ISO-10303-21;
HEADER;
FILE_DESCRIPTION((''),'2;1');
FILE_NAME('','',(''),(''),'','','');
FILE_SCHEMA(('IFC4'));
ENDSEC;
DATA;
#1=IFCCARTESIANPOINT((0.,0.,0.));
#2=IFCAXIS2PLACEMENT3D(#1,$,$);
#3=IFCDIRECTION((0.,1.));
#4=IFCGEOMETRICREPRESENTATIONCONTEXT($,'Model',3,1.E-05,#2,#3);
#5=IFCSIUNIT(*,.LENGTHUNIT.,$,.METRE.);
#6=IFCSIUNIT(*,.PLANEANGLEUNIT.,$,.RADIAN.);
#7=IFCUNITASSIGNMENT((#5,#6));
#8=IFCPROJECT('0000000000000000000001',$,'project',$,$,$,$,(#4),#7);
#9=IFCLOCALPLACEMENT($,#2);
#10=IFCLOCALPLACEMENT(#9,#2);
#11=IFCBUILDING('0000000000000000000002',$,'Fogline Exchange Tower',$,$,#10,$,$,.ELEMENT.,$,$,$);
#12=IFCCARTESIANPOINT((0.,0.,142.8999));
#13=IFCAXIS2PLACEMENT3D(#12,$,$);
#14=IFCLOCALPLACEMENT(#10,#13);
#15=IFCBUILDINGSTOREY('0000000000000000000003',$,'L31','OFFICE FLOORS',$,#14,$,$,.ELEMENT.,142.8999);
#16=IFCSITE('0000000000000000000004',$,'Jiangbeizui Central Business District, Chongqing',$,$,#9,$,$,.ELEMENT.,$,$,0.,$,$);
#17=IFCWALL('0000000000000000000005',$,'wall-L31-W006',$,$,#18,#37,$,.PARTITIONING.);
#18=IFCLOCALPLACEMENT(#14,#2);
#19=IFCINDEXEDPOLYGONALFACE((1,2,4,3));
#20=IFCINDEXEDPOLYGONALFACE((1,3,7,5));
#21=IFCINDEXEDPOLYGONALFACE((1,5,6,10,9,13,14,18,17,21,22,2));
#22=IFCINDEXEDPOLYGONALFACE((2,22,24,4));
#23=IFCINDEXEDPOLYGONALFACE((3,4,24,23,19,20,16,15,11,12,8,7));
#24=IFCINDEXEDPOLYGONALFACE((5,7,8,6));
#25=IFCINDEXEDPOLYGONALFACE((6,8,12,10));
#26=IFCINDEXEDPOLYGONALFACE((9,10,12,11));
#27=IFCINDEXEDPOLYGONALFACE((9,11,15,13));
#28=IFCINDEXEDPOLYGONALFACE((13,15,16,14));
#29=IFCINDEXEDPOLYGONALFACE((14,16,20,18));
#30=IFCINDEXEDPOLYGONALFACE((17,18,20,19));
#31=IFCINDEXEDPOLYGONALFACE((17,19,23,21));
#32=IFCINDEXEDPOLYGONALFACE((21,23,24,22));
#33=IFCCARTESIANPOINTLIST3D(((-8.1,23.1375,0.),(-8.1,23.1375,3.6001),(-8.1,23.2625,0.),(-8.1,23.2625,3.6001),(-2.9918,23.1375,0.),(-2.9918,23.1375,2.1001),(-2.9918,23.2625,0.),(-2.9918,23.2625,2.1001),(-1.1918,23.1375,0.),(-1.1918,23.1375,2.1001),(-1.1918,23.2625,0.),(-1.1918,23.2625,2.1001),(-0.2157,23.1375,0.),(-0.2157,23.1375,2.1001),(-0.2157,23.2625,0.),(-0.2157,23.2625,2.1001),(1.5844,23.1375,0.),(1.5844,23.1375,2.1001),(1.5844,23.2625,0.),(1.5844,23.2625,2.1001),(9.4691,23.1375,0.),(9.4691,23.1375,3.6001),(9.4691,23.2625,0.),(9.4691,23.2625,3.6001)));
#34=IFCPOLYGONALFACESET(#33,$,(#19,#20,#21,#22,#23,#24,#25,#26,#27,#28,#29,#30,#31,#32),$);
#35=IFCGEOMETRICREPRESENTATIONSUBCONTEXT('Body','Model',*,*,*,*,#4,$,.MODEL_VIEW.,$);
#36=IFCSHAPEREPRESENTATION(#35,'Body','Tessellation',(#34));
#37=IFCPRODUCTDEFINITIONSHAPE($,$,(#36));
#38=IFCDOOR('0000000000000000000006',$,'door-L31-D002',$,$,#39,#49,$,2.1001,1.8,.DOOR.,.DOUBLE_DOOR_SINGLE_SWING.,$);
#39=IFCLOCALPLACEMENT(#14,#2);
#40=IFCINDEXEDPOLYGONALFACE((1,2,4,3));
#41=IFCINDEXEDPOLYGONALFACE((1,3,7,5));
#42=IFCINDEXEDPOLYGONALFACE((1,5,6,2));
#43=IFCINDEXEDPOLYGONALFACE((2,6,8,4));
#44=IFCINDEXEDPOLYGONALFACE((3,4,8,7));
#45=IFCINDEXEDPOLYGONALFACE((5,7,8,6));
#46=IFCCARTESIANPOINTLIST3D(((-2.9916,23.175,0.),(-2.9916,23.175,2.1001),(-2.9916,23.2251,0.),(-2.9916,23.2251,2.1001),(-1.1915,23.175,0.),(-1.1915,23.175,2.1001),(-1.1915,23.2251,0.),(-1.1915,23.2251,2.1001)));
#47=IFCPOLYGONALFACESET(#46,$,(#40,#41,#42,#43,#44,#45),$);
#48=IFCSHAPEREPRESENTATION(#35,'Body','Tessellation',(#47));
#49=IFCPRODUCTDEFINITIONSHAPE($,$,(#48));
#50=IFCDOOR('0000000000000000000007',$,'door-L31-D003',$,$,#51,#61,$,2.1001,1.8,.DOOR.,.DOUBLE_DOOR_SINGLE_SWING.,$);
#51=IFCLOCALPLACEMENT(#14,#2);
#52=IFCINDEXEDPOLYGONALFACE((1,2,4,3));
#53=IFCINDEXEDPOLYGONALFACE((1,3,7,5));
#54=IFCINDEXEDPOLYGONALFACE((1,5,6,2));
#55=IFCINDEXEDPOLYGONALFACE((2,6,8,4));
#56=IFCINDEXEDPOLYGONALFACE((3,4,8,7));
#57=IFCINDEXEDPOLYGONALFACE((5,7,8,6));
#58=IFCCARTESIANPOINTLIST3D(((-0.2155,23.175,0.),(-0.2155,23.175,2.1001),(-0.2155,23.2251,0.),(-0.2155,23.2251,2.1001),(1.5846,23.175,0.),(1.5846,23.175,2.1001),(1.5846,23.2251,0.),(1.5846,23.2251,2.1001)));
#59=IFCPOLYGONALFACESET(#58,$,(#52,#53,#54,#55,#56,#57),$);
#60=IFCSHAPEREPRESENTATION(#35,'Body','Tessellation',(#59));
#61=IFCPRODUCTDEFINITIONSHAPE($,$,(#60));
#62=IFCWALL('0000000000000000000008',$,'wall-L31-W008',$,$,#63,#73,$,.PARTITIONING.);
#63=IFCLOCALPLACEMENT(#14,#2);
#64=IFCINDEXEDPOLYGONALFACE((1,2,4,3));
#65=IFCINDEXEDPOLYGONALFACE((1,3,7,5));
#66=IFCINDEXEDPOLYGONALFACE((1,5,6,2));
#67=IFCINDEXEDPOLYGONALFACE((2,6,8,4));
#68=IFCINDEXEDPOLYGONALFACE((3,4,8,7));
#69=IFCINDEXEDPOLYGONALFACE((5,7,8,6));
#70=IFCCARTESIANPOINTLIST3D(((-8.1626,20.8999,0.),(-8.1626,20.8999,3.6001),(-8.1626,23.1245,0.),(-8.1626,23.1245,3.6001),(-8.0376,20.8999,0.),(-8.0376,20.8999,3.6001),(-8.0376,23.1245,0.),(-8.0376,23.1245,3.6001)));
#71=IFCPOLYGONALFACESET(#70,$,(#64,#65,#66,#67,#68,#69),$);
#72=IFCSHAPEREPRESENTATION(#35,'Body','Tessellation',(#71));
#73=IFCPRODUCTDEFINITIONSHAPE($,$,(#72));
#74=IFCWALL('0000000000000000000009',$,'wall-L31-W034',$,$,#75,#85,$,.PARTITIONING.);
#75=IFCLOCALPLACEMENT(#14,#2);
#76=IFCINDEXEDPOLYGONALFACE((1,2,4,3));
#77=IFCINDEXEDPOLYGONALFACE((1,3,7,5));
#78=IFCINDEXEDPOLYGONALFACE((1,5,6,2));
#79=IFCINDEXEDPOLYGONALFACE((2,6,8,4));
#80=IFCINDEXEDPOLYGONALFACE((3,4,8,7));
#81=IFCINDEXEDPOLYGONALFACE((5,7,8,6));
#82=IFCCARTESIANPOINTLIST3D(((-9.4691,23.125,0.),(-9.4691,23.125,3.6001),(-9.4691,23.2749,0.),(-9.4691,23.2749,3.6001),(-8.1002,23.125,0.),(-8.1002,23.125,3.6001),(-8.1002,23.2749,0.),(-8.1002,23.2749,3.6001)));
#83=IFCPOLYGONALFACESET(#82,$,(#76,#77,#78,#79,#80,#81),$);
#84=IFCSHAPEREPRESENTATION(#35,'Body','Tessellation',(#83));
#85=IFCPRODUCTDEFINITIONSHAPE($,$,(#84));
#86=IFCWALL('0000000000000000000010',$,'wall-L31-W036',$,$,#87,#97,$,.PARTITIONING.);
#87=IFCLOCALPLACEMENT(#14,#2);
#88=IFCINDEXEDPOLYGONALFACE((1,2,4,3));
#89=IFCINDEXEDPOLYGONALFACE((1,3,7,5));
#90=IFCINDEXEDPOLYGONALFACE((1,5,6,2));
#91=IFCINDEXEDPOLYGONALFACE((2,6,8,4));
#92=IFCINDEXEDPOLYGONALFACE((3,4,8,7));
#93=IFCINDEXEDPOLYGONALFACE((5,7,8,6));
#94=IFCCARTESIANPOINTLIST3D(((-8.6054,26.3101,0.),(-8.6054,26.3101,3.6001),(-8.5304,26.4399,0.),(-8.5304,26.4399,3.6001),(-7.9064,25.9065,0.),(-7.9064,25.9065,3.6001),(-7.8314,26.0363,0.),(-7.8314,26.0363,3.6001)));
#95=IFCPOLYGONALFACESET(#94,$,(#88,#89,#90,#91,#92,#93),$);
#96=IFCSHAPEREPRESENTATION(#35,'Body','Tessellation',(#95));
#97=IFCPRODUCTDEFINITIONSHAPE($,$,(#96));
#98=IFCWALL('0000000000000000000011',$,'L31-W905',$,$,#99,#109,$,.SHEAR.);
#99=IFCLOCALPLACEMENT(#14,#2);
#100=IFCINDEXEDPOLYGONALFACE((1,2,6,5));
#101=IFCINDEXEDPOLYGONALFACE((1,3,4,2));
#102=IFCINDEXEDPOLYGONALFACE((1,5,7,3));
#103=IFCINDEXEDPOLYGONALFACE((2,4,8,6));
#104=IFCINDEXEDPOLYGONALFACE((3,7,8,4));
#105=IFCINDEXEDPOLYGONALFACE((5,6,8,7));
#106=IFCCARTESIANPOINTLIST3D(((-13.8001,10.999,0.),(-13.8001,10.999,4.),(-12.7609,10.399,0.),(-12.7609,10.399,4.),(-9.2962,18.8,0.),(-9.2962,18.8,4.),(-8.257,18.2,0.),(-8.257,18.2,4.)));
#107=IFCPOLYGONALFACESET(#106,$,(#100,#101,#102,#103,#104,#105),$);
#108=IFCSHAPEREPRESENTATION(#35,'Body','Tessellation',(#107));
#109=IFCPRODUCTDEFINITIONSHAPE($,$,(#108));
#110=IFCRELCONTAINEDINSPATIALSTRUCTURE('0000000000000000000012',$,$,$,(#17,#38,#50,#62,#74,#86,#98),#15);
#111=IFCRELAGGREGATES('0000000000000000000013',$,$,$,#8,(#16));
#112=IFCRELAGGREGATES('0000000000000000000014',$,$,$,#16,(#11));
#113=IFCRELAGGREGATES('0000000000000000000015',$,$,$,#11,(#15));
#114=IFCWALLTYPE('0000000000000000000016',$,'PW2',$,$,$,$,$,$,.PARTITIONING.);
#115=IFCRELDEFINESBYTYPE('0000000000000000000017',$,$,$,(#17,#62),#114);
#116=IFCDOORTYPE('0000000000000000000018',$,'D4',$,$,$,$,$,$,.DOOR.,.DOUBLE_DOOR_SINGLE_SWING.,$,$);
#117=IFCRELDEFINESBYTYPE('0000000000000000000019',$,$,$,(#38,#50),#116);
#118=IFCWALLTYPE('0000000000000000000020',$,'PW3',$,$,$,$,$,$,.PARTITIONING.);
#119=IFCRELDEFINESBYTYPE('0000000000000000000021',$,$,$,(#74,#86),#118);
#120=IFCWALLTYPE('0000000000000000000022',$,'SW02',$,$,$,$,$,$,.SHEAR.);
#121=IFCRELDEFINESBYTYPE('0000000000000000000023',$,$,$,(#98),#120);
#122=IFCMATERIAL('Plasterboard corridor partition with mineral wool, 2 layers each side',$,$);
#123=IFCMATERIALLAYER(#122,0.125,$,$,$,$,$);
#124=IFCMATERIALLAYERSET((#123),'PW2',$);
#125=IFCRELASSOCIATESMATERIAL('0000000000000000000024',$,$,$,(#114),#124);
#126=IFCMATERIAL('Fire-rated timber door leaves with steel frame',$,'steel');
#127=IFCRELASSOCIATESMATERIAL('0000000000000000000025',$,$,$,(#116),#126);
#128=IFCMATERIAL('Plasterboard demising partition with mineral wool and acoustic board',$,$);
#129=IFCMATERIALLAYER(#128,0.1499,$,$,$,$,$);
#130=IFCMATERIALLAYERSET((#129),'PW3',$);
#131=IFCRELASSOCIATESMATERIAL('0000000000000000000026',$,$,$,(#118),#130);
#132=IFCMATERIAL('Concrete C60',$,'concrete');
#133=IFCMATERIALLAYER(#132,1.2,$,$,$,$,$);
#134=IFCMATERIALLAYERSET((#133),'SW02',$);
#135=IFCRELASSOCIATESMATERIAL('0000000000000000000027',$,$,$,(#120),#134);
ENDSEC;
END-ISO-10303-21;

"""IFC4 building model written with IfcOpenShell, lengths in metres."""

from ifc_helpers import new_model, si_unit, direction, frame, frame_2d, origin, place, context, subcontext, project, spatial, rectangle, extrude, material, layer, layer_set, type_object, element, fill, save


model = new_model("IFC4")

# Units and contexts
model_context = context("Model", 3, precision=1e-05, world=origin(), true_north=direction((0.0, 1.0)))
body_context = subcontext(model_context, "Body", "Model", "MODEL_VIEW")
ifc_project = project(units=[si_unit("LENGTHUNIT", "METRE"), si_unit("PLANEANGLEUNIT", "RADIAN")], contexts=[model_context])

# Site, building, storey
site_placement = place(None, origin())
site = spatial("IfcSite", under=ifc_project, at=site_placement, Name="Jiangbeizui Central Business District, Chongqing", CompositionType="ELEMENT", RefElevation=0.0)
building_placement = place(site_placement, origin())
building = spatial("IfcBuilding", under=site, at=building_placement, Name="Fogline Exchange Tower", CompositionType="ELEMENT")
storey_placement = place(building_placement, frame((0.0, 0.0, 142.8999)))
storey = spatial("IfcBuildingStorey", under=building, at=storey_placement, Name="L31", Description="OFFICE FLOORS", CompositionType="ELEMENT", Elevation=142.8999)

# Wall, openings, doors
ifc_material_1 = material(Name="Plasterboard corridor partition with mineral wool, 2 layers each side")
ifc_layer_1 = layer(ifc_material_1, 0.125)
ifc_layer_set_1 = layer_set([ifc_layer_1], Name="PW2")
wall_type_1 = type_object("IfcWallType", Name="PW2", PredefinedType="PARTITIONING", material=ifc_layer_set_1)
wall_1_placement = place(storey_placement, frame((-8.1001, 23.2, 0.0), z_axis=(0.0, 0.0, 1.0), x_axis=(1.0, 0.0, 0.0)))
wall_1 = element("IfcWall", 1, at=wall_1_placement, inside=storey, type_object=wall_type_1, Name="wall-L31-W006", PredefinedType="PARTITIONING", context=body_context, shape_type="SweptSolid", body=[
    extrude(rectangle(XDim=17.5691, YDim=0.125, at=frame_2d((8.7847, 0.0))), origin(), (0.0, 0.0, 1.0), 3.6001),
])
opening_1_placement = place(wall_1_placement, frame((5.1084, 0.0, 0.0)))
opening_1 = element("IfcOpeningElement", 2, at=opening_1_placement, cuts=wall_1, PredefinedType="OPENING", context=body_context, shape_type="SweptSolid", body=[
    extrude(rectangle(XDim=1.8, YDim=2.1001, at=frame_2d((0.8999, 1.05))), frame((0.0, 0.0725, 0.0), z_axis=(0.0, -1.0, 0.0), x_axis=(1.0, 0.0, 0.0)), (0.0, 0.0, 1.0), 0.145),
])
opening_2_placement = place(wall_1_placement, frame((7.8845, 0.0, 0.0)))
opening_2 = element("IfcOpeningElement", 3, at=opening_2_placement, cuts=wall_1, PredefinedType="OPENING", context=body_context, shape_type="SweptSolid", body=[
    extrude(rectangle(XDim=1.8, YDim=2.1001, at=frame_2d((0.8999, 1.05))), frame((0.0, 0.0725, 0.0), z_axis=(0.0, -1.0, 0.0), x_axis=(1.0, 0.0, 0.0)), (0.0, 0.0, 1.0), 0.145),
])
ifc_material_2 = material(Name="Fire-rated timber door leaves with steel frame", Category="steel")
door_type_1 = type_object("IfcDoorType", Name="D4", OperationType="DOUBLE_DOOR_SINGLE_SWING", PredefinedType="DOOR", material=ifc_material_2)
door_1_placement = place(opening_1_placement, frame((1.8, 0.0, 0.0), z_axis=(0.0, 0.0, 1.0), x_axis=(-1.0, 0.0, 0.0)))
door_1 = element("IfcDoor", 4, at=door_1_placement, inside=storey, type_object=door_type_1, Name="door-L31-D002", OperationType="DOUBLE_DOOR_SINGLE_SWING", OverallHeight=2.1001, OverallWidth=1.8, PredefinedType="DOOR", context=body_context, shape_type="SweptSolid", body=[
    extrude(rectangle(XDim=1.8, YDim=2.1001, at=frame_2d((0.8999, 1.05))), frame((0.0, 0.0249, 0.0), z_axis=(0.0, -1.0, 0.0), x_axis=(1.0, 0.0, 0.0)), (0.0, 0.0, 1.0), 0.05),
])
fill(opening_1, door_1)
door_2_placement = place(opening_2_placement, frame((1.8, 0.0, 0.0), z_axis=(0.0, 0.0, 1.0), x_axis=(-1.0, 0.0, 0.0)))
door_2 = element("IfcDoor", 5, at=door_2_placement, inside=storey, type_object=door_type_1, Name="door-L31-D003", OperationType="DOUBLE_DOOR_SINGLE_SWING", OverallHeight=2.1001, OverallWidth=1.8, PredefinedType="DOOR", context=body_context, shape_type="SweptSolid", body=[
    extrude(rectangle(XDim=1.8, YDim=2.1001, at=frame_2d((0.8999, 1.05))), frame((0.0, 0.0249, 0.0), z_axis=(0.0, -1.0, 0.0), x_axis=(1.0, 0.0, 0.0)), (0.0, 0.0, 1.0), 0.05),
])
fill(opening_2, door_2)

# Walls
wall_2_placement = place(storey_placement, frame((-8.1001, 20.8999, 0.0), z_axis=(0.0, 0.0, 1.0), x_axis=(0.0, 1.0, 0.0)))
element("IfcWall", 6, at=wall_2_placement, inside=storey, type_object=wall_type_1, Name="wall-L31-W008", PredefinedType="PARTITIONING", context=body_context, shape_type="SweptSolid", body=[
    extrude(rectangle(XDim=2.2246, YDim=0.125, at=frame_2d((1.1123, 0.0))), origin(), (0.0, 0.0, 1.0), 3.6001),
])
ifc_material_3 = material(Name="Plasterboard demising partition with mineral wool and acoustic board")
ifc_layer_2 = layer(ifc_material_3, 0.1499)
ifc_layer_set_2 = layer_set([ifc_layer_2], Name="PW3")
wall_type_2 = type_object("IfcWallType", Name="PW3", PredefinedType="PARTITIONING", material=ifc_layer_set_2)
wall_3_placement = place(storey_placement, frame((-8.1001, 23.2, 0.0), z_axis=(0.0, 0.0, 1.0), x_axis=(-1.0, 0.0, 0.0)))
element("IfcWall", 7, at=wall_3_placement, inside=storey, type_object=wall_type_2, Name="wall-L31-W034", PredefinedType="PARTITIONING", context=body_context, shape_type="SweptSolid", body=[
    extrude(rectangle(XDim=1.3689, YDim=0.1499, at=frame_2d((0.6846, 0.0))), origin(), (0.0, 0.0, 1.0), 3.6001),
])
wall_4_placement = place(storey_placement, frame((-7.8689, 25.9714, 0.0), z_axis=(0.0, 0.0, 1.0), x_axis=(-0.866019, 0.50001, 0.0)))
element("IfcWall", 8, at=wall_4_placement, inside=storey, type_object=wall_type_2, Name="wall-L31-W036", PredefinedType="PARTITIONING", context=body_context, shape_type="SweptSolid", body=[
    extrude(rectangle(XDim=0.8071, YDim=0.1499, at=frame_2d((0.4036, 0.0))), origin(), (0.0, 0.0, 1.0), 3.6001),
])
ifc_material_4 = material(Name="Concrete C60", Category="concrete")
ifc_layer_3 = layer(ifc_material_4, 1.2)
ifc_layer_set_3 = layer_set([ifc_layer_3], Name="SW02")
wall_type_3 = type_object("IfcWallType", Name="SW02", PredefinedType="SHEAR", material=ifc_layer_set_3)
wall_5_placement = place(storey_placement, frame((-8.7766, 18.5, 0.0), z_axis=(0.0, 0.0, 1.0), x_axis=(-0.499999, -0.866026, 0.0)))
element("IfcWall", 9, at=wall_5_placement, inside=storey, type_object=wall_type_3, Name="L31-W905", PredefinedType="SHEAR", context=body_context, shape_type="SweptSolid", body=[
    extrude(rectangle(XDim=9.0078, YDim=1.2, at=frame_2d((4.5039, 0.0))), origin(), (0.0, 0.0, 1.0), 4.0),
])

save(model, "model.ifc")
